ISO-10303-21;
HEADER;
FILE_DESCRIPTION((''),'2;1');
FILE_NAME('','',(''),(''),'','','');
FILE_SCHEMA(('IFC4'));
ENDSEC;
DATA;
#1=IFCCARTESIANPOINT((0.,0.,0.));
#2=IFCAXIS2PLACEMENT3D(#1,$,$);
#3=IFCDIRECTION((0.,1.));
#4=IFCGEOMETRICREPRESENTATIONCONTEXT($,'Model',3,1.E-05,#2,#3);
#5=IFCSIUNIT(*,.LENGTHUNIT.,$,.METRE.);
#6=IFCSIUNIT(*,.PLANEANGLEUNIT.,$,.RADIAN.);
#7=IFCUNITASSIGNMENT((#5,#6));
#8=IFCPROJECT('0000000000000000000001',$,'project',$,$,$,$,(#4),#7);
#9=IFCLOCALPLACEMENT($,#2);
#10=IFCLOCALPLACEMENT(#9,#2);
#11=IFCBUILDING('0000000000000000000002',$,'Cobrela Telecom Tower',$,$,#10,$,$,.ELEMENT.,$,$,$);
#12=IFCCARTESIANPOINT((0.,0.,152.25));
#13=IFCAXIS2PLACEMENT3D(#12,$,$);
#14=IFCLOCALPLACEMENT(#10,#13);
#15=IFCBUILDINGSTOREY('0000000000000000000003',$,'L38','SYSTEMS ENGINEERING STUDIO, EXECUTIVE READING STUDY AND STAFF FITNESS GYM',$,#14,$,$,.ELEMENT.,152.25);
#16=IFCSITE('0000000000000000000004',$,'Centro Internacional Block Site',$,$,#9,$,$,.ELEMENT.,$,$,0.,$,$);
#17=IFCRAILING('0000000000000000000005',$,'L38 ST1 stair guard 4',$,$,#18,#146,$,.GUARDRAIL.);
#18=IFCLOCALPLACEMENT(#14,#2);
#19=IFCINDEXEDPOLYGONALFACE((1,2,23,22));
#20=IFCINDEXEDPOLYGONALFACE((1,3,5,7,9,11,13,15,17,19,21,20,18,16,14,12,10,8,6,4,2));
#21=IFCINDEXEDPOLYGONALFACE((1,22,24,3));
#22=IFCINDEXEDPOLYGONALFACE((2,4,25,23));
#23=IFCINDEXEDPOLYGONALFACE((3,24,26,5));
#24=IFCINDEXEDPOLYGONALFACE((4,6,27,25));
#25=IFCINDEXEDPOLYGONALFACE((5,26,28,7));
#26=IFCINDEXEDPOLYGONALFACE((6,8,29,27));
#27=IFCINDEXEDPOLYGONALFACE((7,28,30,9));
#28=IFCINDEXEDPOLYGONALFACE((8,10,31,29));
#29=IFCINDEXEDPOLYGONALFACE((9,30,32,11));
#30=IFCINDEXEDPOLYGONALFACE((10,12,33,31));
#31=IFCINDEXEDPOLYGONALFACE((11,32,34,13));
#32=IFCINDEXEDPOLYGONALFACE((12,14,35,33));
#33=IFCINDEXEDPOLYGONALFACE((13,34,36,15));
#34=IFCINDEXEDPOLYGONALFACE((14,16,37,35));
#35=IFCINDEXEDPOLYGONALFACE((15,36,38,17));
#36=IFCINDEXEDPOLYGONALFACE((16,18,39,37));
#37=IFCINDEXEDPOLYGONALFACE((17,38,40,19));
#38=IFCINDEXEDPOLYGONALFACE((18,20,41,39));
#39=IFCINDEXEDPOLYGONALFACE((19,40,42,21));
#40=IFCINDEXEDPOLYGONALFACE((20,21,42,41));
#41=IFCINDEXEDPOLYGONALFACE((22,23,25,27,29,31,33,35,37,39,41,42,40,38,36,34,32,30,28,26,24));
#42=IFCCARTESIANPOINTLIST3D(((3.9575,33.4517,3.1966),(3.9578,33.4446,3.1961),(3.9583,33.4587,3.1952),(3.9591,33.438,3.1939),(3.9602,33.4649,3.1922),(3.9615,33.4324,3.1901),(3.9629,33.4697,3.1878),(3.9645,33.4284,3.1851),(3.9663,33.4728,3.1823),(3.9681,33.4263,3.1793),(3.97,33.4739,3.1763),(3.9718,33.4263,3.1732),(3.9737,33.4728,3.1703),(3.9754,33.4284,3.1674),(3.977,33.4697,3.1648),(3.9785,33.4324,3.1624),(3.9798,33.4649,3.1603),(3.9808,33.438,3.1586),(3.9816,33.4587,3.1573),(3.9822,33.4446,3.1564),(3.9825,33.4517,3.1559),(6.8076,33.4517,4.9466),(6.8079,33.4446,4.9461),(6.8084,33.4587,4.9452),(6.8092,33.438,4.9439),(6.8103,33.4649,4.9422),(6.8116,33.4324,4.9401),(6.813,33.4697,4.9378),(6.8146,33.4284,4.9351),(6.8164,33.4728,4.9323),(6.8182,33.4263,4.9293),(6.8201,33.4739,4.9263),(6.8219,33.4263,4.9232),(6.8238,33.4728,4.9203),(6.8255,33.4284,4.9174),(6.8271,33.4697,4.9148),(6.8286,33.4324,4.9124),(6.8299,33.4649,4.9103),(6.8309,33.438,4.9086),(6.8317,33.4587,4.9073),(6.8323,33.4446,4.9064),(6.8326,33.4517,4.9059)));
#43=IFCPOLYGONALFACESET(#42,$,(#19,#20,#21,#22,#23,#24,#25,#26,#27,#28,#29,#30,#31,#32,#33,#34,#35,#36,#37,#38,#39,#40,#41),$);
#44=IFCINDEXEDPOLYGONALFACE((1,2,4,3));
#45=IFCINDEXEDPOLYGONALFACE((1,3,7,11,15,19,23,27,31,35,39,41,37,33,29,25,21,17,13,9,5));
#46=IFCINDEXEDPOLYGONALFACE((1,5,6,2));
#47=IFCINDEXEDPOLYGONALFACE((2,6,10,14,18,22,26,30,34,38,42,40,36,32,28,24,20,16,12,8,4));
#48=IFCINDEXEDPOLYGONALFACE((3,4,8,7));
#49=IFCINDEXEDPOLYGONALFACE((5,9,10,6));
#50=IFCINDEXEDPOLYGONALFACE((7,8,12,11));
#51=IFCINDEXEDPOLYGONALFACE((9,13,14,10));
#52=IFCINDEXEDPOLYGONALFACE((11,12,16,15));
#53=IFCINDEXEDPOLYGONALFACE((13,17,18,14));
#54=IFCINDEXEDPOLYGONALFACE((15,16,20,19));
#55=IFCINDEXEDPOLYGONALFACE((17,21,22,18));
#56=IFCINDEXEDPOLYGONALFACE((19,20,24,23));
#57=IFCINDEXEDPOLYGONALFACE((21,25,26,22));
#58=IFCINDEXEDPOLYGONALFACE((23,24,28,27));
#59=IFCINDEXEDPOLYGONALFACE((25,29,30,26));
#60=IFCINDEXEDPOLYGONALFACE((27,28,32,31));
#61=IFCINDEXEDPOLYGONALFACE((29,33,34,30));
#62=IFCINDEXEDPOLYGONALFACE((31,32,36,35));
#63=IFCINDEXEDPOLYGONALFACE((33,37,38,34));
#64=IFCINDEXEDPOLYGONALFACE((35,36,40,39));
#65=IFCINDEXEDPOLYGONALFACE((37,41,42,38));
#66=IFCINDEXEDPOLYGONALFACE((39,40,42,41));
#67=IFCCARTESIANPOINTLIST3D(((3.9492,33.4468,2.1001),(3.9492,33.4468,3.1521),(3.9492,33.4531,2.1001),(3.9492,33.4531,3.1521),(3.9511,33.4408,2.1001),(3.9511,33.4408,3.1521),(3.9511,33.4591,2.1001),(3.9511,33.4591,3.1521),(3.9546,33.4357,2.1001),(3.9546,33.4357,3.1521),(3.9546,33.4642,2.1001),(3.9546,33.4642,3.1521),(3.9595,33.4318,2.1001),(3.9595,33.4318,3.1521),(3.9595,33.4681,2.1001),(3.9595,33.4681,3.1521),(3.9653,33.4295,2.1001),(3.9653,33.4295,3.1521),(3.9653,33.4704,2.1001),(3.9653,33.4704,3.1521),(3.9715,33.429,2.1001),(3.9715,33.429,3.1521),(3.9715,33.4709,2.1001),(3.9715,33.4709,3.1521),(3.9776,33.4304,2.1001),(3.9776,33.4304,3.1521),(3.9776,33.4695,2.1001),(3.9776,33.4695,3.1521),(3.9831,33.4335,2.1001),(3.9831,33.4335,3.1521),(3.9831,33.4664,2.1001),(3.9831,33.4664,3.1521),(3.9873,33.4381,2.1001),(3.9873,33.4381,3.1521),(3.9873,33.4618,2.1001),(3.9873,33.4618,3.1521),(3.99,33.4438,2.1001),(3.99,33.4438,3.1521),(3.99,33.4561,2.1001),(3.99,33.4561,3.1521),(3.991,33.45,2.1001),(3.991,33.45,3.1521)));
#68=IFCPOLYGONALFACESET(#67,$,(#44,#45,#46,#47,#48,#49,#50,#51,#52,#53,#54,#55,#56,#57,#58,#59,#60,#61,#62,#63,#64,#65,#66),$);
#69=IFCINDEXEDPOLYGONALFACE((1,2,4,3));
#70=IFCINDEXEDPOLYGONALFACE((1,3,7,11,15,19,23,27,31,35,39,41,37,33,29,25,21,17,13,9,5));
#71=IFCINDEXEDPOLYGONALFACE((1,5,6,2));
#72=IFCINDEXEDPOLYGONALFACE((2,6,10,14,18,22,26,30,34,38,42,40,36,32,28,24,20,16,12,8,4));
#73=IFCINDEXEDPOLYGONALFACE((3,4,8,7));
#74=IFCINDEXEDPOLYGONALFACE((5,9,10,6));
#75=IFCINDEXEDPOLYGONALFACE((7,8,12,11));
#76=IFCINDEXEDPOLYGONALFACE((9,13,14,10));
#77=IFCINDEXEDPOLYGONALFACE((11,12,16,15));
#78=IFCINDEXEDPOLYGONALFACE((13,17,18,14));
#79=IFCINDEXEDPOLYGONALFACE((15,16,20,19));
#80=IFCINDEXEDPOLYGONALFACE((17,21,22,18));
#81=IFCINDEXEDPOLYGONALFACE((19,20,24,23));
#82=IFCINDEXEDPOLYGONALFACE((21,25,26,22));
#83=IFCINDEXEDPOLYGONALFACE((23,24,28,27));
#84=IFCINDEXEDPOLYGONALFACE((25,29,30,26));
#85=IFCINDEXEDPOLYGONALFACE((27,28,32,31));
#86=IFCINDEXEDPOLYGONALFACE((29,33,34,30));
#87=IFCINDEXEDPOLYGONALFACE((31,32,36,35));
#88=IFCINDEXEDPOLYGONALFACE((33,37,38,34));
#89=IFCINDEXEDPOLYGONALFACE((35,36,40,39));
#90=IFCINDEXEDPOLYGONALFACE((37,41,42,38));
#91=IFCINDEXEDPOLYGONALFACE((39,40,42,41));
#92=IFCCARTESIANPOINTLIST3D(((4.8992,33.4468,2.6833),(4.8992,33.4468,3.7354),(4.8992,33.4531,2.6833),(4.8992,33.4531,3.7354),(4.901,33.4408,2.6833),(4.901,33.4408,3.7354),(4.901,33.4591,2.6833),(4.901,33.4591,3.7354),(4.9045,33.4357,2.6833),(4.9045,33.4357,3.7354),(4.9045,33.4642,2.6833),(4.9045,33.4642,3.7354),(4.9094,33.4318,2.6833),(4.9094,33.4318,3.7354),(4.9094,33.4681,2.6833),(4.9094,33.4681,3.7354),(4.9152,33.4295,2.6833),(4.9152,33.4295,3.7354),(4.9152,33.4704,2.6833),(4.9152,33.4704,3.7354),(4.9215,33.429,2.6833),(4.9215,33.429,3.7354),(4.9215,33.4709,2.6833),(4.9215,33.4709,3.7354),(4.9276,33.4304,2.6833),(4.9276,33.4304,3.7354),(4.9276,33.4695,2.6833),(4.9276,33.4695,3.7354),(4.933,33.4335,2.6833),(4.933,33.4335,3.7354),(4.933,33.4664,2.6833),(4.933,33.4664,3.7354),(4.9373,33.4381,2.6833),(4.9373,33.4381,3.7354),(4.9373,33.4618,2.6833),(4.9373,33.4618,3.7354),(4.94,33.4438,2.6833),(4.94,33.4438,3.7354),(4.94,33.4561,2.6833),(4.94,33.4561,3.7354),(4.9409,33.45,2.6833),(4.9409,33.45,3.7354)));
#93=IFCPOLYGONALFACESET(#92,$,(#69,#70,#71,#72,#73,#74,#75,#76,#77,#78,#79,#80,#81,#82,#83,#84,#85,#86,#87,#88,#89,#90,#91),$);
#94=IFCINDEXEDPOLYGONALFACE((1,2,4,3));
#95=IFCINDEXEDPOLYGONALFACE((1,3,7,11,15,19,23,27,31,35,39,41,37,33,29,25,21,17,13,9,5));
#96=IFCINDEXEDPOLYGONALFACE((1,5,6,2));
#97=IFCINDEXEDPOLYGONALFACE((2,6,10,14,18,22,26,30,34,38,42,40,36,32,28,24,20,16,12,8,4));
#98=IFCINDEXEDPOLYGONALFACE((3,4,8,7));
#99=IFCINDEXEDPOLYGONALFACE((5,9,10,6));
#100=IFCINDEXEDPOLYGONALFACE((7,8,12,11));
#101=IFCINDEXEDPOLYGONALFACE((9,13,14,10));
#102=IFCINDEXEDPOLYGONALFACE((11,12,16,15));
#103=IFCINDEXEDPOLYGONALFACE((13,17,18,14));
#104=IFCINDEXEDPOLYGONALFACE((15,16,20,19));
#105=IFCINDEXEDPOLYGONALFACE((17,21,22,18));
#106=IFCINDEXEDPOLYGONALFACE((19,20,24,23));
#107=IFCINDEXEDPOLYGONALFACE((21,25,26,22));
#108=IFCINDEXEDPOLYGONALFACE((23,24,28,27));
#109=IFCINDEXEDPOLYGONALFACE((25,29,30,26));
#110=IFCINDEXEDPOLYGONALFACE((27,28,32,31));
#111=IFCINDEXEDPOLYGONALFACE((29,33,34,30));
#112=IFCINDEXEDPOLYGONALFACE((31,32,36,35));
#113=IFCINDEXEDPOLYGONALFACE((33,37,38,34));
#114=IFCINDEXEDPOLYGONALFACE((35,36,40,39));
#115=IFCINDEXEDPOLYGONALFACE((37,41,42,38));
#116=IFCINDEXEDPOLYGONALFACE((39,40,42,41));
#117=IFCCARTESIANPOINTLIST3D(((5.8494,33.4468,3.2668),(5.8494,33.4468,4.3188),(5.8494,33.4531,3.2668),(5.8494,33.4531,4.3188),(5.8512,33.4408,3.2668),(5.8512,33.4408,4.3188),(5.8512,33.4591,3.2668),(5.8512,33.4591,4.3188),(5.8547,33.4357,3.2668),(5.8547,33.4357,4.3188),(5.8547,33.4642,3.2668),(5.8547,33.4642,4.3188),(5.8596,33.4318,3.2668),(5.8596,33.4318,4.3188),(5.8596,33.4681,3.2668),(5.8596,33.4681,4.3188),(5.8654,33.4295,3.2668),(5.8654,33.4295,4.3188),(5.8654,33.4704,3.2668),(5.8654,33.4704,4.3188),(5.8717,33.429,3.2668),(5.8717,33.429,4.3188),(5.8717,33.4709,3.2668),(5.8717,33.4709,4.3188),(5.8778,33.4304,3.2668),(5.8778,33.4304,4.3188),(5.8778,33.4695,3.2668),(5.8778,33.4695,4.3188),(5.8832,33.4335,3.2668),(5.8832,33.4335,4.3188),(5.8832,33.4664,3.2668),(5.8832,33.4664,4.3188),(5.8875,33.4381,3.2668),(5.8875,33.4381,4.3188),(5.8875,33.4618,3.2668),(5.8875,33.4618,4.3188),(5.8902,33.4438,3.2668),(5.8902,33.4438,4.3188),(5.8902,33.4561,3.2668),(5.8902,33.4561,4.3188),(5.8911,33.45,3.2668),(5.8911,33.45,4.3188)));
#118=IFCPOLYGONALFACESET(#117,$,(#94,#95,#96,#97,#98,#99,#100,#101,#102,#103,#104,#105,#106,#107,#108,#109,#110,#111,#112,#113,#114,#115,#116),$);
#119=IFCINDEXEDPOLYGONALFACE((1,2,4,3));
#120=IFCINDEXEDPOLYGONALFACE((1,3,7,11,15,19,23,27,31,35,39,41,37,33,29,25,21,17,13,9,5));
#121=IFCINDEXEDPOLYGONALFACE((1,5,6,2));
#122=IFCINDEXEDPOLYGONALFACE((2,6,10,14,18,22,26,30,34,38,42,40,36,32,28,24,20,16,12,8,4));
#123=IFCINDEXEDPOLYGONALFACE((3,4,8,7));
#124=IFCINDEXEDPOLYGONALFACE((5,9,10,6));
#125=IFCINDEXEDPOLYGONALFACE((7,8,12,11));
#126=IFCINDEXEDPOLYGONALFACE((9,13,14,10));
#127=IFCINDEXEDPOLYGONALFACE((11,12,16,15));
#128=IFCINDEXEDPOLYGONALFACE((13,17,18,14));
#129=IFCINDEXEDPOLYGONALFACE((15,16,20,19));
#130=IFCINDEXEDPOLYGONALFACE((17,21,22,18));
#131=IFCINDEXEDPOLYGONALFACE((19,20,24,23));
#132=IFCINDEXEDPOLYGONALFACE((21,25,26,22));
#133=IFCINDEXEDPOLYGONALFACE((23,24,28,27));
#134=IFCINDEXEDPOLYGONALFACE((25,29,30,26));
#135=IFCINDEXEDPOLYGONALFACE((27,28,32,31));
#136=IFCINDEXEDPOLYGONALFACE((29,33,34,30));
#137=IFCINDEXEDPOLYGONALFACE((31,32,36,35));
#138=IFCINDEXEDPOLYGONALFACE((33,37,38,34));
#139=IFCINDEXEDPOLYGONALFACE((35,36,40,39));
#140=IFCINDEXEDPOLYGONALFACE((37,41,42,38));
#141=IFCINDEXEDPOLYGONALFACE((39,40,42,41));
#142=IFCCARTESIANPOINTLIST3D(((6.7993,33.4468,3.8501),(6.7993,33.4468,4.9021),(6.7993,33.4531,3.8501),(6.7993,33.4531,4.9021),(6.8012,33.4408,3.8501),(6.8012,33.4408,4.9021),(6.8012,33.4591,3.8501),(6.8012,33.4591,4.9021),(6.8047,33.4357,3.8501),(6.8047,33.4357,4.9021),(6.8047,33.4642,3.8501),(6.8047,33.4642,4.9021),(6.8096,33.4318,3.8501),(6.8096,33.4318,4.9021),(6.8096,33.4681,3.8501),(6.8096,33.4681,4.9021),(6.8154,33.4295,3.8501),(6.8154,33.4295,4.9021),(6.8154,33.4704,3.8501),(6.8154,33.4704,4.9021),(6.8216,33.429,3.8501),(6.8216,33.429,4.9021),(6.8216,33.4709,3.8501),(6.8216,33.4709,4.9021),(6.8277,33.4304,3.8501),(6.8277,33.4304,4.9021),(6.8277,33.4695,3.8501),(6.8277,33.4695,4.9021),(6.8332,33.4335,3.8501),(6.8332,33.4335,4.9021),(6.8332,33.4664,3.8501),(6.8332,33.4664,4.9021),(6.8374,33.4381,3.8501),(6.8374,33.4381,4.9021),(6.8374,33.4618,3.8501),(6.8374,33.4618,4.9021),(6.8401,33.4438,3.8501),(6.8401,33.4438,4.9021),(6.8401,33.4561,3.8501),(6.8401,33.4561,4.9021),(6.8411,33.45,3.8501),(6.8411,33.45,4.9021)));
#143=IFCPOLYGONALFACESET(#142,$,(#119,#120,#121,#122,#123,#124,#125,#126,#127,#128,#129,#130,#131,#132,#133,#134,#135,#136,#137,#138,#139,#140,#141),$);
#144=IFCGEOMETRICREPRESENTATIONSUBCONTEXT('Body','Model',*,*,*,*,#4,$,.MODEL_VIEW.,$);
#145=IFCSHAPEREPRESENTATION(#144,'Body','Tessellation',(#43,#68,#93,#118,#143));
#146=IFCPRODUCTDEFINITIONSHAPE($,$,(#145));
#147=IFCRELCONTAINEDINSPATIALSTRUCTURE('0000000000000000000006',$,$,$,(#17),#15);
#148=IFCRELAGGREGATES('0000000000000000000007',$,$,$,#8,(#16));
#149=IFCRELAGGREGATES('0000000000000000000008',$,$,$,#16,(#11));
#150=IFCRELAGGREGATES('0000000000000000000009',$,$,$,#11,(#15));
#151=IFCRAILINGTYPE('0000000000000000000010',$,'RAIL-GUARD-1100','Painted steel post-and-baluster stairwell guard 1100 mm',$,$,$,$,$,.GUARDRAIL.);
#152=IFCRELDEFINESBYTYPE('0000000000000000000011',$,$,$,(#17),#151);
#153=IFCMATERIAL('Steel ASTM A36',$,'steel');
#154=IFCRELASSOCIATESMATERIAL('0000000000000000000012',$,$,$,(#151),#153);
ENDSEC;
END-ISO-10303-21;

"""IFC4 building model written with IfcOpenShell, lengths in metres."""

from ifc_helpers import new_model, si_unit, direction, frame, origin, origin_2d, place, context, subcontext, project, spatial, circle, extrude, material, type_object, element, save


model = new_model("IFC4")

# Units and contexts
model_context = context("Model", 3, precision=1e-05, world=origin(), true_north=direction((0.0, 1.0)))
body_context = subcontext(model_context, "Body", "Model", "MODEL_VIEW")
ifc_project = project(units=[si_unit("LENGTHUNIT", "METRE"), si_unit("PLANEANGLEUNIT", "RADIAN")], contexts=[model_context])

# Site, building, storey
site_placement = place(None, origin())
site = spatial("IfcSite", under=ifc_project, at=site_placement, Name="Centro Internacional Block Site", CompositionType="ELEMENT", RefElevation=0.0)
building_placement = place(site_placement, origin())
building = spatial("IfcBuilding", under=site, at=building_placement, Name="Cobrela Telecom Tower", CompositionType="ELEMENT")
storey_placement = place(building_placement, frame((0.0, 0.0, 152.25)))
storey = spatial("IfcBuildingStorey", under=building, at=storey_placement, Name="L38", Description="SYSTEMS ENGINEERING STUDIO, EXECUTIVE READING STUDY AND STAFF FITNESS GYM", CompositionType="ELEMENT", Elevation=152.25)

# Shared definitions
ifc_material_1 = material(Name="Steel ASTM A36", Category="steel")

# Railing
railing_type_1 = type_object("IfcRailingType", Name="RAIL-GUARD-1100", Description="Painted steel post-and-baluster stairwell guard 1100 mm", PredefinedType="GUARDRAIL", material=ifc_material_1)
railing_1_placement = place(storey_placement, frame((3.97, 33.45, 2.1001)))
element("IfcRailing", 1, at=railing_1_placement, inside=storey, type_object=railing_type_1, Name="L38 ST1 stair guard 4", PredefinedType="GUARDRAIL", context=body_context, shape_type="SweptSolid", body=[
    extrude(circle(Radius=0.0239, at=origin_2d()), frame((0.0, 0.0, 1.0762), z_axis=(0.852179, 0.0, 0.52325), x_axis=(0.0, 1.0, 0.0)), (0.0, 0.0, 1.0), 3.3445),
    extrude(circle(Radius=0.021, at=origin_2d()), origin(), (0.0, 0.0, 1.0), 1.052),
    extrude(circle(Radius=0.021, at=origin_2d()), frame((0.95, 0.0, 0.5833)), (0.0, 0.0, 1.0), 1.052),
    extrude(circle(Radius=0.021, at=origin_2d()), frame((1.9001, 0.0, 1.1667)), (0.0, 0.0, 1.0), 1.052),
    extrude(circle(Radius=0.021, at=origin_2d()), frame((2.8501, 0.0, 1.75)), (0.0, 0.0, 1.0), 1.052),
])

save(model, "model.ifc")
